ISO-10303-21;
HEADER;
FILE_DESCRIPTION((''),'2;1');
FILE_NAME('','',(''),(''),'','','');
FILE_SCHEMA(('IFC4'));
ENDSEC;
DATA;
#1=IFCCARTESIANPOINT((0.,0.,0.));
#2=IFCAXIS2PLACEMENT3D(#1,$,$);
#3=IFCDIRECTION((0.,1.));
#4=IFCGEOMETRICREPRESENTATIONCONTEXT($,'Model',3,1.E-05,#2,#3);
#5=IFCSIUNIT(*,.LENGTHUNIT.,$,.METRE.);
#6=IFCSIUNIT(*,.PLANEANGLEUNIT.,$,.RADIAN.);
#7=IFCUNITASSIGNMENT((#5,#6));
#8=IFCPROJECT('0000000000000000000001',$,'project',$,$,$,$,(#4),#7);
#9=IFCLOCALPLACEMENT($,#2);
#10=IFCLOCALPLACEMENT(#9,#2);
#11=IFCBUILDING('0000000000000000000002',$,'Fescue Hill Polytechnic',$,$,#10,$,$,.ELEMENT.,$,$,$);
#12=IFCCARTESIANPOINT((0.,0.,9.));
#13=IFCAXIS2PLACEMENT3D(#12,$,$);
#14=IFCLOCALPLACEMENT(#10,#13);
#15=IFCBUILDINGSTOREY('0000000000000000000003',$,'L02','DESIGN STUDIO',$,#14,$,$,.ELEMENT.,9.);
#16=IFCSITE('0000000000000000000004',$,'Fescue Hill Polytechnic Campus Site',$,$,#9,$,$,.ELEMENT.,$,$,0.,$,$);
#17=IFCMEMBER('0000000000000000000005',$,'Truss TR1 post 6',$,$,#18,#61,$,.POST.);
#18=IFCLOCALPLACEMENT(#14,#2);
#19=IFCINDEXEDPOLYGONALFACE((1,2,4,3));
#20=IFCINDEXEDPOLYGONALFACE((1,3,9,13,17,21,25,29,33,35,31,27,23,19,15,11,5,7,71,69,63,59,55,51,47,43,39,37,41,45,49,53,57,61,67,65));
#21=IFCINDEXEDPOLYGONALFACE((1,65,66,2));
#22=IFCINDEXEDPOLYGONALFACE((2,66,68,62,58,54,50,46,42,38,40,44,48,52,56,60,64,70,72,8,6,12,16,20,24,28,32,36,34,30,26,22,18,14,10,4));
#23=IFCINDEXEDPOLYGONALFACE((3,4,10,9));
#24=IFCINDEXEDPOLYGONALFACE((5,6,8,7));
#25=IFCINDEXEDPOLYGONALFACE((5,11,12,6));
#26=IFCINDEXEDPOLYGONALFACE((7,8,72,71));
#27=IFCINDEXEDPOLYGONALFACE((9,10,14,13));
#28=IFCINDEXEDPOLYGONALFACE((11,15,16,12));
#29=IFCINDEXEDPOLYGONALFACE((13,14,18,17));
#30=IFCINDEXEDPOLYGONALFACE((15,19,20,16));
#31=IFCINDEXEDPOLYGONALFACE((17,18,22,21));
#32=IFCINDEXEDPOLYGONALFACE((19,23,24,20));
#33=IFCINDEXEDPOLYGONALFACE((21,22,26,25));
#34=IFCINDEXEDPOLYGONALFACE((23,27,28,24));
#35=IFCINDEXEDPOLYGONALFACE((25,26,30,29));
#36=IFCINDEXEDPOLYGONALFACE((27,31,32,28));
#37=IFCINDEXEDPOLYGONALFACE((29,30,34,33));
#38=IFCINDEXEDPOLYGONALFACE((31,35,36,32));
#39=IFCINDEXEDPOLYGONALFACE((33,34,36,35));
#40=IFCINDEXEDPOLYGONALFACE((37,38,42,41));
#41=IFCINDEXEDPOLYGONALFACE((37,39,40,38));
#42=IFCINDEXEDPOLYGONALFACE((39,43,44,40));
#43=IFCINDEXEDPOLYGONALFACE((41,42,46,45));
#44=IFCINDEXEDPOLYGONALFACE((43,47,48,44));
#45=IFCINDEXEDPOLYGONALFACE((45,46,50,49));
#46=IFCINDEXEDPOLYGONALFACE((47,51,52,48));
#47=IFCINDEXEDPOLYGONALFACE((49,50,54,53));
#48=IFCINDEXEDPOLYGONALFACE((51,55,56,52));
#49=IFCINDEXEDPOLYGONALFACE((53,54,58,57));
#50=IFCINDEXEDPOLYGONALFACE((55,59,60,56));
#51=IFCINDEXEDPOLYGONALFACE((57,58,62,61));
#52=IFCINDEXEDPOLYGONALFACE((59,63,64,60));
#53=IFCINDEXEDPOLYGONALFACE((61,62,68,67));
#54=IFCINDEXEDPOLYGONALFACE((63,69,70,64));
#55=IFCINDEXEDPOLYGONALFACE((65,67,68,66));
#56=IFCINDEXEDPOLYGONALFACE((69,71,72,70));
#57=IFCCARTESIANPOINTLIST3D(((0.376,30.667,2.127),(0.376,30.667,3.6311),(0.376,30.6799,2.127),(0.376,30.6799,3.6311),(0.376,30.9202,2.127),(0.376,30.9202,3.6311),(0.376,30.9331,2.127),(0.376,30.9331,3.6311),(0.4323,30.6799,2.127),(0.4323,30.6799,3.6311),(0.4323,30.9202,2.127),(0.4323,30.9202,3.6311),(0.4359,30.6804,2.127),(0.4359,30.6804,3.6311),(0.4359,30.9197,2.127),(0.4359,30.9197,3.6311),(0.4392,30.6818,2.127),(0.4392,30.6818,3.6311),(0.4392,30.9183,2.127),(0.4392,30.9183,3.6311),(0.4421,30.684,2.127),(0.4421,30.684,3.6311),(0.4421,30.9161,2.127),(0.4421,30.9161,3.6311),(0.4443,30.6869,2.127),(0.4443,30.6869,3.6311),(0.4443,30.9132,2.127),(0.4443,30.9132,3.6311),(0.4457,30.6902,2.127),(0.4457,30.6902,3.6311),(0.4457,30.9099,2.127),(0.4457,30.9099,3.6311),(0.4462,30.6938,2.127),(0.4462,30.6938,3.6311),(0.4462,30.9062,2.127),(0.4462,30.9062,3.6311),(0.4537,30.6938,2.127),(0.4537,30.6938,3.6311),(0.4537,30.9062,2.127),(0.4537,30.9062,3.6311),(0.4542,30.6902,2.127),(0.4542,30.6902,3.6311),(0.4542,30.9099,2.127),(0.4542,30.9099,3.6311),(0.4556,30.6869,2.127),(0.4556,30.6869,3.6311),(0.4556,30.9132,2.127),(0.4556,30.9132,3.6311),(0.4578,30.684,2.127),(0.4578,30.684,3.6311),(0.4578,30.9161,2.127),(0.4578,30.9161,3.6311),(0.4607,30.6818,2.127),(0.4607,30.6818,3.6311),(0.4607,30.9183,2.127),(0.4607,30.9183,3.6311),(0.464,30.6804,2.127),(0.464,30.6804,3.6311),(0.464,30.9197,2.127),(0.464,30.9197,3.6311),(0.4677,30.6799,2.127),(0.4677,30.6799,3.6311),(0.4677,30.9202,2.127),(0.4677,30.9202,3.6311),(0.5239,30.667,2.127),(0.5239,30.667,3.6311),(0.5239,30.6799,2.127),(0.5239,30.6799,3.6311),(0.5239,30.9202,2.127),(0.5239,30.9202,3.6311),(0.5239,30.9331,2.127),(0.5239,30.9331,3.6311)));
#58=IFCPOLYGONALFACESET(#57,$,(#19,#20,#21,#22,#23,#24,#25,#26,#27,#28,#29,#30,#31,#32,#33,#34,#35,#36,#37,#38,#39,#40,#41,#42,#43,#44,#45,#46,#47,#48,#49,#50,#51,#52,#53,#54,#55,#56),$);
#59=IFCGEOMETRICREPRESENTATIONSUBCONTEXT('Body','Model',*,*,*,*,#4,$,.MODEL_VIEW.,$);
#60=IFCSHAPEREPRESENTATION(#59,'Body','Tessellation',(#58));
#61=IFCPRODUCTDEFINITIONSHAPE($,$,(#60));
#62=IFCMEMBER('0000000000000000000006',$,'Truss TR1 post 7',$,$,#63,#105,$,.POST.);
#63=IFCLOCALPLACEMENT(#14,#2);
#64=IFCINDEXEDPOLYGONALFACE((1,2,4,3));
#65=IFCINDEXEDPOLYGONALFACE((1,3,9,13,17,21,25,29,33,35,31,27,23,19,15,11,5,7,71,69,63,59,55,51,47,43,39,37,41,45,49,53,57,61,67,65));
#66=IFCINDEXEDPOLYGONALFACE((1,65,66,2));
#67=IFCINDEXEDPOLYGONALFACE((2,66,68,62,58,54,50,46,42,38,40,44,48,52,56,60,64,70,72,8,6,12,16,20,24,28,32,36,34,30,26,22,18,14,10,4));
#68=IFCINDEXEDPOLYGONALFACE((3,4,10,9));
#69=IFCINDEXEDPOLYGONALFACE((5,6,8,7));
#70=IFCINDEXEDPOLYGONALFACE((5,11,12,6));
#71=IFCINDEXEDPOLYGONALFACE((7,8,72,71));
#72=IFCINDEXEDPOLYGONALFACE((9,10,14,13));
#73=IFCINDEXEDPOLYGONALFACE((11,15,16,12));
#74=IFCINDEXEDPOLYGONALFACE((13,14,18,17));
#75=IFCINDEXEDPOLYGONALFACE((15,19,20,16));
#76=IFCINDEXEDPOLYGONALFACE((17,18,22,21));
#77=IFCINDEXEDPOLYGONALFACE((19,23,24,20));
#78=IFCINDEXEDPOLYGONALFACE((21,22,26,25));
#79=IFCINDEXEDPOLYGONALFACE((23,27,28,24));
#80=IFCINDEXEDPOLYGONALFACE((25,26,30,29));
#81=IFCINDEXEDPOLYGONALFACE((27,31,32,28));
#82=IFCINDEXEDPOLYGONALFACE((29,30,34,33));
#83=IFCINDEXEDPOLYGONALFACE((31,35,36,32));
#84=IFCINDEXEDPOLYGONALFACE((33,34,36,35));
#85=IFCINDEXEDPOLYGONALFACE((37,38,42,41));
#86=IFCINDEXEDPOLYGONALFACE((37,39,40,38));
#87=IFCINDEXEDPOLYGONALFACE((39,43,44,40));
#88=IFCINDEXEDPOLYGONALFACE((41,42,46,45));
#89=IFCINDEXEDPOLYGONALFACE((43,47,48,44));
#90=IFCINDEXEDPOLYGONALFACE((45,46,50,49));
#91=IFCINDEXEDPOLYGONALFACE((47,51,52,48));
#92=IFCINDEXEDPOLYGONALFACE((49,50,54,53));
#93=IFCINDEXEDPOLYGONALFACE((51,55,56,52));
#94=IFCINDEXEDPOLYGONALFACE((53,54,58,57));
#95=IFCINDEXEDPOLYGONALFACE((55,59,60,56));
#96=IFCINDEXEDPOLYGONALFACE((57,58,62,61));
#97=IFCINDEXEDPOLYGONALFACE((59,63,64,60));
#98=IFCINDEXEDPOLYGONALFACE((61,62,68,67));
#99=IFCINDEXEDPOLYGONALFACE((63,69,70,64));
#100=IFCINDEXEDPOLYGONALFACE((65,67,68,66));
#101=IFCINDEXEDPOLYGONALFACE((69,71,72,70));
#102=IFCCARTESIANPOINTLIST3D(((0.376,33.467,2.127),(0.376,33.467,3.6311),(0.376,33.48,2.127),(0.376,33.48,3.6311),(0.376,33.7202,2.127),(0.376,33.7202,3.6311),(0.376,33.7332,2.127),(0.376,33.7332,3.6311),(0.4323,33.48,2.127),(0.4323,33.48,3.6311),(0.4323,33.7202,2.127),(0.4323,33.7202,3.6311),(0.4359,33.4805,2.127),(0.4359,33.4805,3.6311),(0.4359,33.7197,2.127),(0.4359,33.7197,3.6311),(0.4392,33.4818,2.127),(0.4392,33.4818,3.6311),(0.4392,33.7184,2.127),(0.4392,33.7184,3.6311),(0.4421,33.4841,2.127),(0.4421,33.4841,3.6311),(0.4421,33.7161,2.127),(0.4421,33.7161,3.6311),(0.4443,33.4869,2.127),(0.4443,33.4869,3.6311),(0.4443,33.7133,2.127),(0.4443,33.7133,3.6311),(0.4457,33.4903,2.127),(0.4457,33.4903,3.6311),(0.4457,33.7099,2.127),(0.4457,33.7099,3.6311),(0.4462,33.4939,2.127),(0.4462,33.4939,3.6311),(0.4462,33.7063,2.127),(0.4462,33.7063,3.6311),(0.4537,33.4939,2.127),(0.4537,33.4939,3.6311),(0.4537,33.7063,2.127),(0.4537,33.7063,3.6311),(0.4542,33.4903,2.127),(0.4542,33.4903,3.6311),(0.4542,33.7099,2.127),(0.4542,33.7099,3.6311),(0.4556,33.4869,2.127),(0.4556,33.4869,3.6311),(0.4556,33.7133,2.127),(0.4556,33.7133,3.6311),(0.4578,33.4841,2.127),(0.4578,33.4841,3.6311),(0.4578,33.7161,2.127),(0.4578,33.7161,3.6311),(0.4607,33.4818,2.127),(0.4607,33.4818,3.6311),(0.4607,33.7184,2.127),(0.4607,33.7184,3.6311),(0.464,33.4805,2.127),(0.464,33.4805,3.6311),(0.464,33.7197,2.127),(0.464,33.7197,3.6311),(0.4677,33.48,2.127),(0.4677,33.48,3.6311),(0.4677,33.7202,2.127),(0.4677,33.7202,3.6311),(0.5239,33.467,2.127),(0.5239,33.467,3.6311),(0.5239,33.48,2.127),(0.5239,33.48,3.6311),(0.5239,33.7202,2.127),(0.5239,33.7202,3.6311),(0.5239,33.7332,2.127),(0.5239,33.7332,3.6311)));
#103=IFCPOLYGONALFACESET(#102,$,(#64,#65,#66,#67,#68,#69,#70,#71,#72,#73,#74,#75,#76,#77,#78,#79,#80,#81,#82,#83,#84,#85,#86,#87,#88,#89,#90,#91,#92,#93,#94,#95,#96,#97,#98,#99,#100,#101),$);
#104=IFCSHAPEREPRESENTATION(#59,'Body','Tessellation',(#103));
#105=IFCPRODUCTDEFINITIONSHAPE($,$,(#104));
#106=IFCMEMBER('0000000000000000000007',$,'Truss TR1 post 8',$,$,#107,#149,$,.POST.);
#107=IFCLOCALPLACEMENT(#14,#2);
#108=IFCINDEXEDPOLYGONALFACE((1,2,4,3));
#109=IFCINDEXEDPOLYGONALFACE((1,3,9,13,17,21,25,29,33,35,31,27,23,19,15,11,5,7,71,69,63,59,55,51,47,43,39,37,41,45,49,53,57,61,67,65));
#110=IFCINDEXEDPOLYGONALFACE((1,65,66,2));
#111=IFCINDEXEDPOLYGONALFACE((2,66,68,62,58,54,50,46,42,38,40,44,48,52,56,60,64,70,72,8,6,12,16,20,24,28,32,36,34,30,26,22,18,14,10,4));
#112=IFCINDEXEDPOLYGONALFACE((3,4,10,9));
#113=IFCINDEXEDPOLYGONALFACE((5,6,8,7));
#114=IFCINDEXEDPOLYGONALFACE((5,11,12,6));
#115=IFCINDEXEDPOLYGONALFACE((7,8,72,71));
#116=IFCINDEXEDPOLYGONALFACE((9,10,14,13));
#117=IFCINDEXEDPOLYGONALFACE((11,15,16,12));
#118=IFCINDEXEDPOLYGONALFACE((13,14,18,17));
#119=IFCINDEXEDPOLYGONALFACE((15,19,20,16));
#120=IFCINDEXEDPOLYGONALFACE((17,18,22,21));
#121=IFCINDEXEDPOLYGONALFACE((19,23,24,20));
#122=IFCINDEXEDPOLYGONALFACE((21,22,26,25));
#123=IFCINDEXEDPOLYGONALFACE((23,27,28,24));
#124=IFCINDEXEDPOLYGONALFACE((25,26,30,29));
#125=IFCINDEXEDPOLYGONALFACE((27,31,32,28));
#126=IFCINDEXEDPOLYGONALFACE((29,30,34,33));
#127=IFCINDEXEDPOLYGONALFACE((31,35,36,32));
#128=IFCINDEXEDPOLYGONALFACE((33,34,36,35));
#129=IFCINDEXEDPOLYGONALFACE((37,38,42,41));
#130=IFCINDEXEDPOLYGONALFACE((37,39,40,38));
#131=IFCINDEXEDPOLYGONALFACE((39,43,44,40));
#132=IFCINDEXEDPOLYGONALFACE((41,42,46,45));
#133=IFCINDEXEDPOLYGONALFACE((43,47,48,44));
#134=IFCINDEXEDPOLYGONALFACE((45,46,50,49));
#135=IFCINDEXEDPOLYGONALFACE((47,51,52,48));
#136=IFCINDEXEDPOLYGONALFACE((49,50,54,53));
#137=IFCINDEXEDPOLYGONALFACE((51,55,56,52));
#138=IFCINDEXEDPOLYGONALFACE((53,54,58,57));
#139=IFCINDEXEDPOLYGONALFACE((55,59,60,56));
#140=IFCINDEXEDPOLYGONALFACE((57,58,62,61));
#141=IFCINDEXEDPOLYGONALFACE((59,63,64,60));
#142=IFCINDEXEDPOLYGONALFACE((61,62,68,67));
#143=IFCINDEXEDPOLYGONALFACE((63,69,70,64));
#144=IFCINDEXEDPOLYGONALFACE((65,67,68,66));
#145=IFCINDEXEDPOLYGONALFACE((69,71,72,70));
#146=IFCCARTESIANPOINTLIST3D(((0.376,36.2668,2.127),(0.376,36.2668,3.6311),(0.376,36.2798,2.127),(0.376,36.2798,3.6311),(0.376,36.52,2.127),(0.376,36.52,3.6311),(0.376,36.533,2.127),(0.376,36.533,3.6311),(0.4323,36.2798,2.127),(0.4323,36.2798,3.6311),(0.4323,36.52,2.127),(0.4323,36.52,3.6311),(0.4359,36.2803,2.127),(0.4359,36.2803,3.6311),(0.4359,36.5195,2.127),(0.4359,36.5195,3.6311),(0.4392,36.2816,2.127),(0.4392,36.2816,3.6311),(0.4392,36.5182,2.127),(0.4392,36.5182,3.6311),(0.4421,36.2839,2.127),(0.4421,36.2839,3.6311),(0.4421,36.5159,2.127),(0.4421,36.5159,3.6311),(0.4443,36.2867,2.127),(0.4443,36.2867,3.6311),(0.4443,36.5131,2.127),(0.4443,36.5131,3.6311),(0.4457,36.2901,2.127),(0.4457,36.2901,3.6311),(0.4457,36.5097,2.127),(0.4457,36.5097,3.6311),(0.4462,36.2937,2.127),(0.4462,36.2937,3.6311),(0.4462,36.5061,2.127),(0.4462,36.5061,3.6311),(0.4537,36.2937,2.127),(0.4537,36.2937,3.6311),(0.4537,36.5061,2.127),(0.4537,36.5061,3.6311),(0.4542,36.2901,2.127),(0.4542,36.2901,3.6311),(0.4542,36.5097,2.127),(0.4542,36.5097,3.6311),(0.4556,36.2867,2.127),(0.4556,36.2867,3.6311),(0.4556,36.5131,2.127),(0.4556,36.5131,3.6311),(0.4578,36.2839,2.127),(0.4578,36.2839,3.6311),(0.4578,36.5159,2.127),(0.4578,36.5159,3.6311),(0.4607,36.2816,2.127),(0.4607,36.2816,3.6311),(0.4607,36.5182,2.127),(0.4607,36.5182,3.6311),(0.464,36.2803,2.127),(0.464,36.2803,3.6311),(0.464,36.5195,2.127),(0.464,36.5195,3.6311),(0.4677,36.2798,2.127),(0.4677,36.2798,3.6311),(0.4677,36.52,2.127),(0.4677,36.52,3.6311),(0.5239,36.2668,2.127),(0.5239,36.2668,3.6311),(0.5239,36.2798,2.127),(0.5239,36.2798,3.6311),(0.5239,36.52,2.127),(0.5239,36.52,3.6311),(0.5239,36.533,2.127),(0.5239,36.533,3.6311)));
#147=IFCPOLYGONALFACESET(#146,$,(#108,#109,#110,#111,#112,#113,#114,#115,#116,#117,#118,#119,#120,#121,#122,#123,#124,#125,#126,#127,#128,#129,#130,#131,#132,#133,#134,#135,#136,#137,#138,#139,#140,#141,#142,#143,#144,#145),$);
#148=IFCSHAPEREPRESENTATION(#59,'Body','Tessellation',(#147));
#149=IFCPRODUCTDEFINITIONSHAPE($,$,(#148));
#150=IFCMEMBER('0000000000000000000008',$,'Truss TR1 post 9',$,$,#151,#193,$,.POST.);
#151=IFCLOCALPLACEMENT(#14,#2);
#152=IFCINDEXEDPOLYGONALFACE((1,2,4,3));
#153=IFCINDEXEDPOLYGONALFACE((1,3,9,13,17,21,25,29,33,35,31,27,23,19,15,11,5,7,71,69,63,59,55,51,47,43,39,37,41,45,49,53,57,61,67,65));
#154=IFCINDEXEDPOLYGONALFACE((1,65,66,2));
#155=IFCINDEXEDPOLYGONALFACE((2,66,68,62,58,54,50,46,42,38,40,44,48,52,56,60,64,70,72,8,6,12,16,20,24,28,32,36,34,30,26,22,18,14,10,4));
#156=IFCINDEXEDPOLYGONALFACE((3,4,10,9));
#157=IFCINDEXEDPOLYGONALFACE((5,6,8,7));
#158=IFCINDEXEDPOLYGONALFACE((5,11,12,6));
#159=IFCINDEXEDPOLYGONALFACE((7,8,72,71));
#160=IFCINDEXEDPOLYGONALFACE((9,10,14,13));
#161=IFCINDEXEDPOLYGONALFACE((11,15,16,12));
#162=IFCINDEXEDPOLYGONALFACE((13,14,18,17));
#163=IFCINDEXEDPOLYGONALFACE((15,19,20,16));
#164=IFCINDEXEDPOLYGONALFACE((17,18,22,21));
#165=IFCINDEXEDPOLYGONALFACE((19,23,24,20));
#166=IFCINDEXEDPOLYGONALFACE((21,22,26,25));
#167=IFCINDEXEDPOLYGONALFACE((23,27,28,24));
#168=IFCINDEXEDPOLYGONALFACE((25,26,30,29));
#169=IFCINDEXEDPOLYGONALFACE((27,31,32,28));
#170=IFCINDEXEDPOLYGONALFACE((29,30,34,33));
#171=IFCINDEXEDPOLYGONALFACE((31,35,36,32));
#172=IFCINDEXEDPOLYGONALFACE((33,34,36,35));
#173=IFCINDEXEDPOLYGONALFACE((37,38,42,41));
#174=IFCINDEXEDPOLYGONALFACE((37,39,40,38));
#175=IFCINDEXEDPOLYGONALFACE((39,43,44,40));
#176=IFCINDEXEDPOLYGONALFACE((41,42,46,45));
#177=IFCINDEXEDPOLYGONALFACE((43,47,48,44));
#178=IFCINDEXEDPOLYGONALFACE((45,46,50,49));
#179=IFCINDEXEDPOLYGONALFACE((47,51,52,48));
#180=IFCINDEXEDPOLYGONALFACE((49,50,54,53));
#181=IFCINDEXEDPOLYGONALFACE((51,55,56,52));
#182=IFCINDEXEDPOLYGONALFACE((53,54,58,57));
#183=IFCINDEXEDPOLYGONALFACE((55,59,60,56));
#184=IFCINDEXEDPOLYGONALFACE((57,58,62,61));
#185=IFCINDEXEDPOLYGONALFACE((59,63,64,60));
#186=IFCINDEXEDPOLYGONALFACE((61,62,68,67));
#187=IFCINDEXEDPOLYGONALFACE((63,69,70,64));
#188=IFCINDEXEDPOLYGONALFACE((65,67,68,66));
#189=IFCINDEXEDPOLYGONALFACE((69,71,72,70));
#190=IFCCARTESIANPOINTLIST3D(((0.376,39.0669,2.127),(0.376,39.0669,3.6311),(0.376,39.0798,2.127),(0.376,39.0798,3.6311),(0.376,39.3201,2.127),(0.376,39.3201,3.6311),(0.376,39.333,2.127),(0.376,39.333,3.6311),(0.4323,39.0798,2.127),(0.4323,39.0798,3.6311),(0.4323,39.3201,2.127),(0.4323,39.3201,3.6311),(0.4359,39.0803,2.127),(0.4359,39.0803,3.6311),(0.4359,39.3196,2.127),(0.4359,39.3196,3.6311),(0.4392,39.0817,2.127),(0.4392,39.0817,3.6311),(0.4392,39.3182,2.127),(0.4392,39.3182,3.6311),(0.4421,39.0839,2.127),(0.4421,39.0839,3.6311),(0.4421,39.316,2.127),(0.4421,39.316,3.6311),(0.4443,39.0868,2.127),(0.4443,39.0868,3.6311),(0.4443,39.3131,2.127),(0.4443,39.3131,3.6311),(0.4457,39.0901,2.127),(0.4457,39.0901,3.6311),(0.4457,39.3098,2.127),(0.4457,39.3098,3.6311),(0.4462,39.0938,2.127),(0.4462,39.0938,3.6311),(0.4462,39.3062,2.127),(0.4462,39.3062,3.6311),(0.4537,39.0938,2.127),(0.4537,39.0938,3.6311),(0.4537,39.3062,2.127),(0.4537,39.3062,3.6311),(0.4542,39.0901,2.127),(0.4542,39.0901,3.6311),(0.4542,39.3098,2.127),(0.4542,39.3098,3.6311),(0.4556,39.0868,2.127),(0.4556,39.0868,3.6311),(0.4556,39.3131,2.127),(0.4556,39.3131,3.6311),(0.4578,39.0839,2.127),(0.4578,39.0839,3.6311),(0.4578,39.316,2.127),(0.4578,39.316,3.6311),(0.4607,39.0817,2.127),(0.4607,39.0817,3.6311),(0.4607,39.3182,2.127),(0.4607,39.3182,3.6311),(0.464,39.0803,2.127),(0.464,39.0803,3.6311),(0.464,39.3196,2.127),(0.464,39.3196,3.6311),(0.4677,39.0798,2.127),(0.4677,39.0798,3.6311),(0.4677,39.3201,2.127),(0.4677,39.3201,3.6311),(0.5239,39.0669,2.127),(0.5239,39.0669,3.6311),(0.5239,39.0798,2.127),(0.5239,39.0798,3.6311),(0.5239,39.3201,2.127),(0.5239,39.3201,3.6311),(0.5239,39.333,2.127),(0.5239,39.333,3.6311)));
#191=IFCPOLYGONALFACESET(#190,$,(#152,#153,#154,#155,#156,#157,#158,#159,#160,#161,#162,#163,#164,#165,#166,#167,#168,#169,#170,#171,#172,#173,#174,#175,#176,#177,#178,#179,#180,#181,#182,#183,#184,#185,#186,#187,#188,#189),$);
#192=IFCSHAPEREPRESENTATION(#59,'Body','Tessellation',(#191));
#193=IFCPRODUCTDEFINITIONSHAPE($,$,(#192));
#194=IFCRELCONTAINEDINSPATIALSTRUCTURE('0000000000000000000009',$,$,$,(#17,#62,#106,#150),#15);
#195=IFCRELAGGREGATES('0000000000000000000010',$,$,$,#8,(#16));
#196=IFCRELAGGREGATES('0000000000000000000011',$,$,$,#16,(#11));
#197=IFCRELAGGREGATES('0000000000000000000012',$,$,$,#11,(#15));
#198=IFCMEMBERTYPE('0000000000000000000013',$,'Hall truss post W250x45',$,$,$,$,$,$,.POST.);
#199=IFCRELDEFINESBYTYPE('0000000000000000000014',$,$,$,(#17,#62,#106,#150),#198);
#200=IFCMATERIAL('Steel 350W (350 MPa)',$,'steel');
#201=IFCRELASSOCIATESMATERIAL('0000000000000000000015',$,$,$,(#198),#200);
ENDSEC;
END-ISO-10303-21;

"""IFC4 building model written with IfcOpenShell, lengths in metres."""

from ifc_helpers import new_model, si_unit, direction, frame, origin, origin_2d, place, context, subcontext, project, spatial, i_section, extrude, material, material_profile, profile_set, type_object, element, save


model = new_model("IFC4")

# Units and contexts
model_context = context("Model", 3, precision=1e-05, world=origin(), true_north=direction((0.0, 1.0)))
body_context = subcontext(model_context, "Body", "Model", "MODEL_VIEW")
ifc_project = project(units=[si_unit("LENGTHUNIT", "METRE"), si_unit("PLANEANGLEUNIT", "RADIAN")], contexts=[model_context])

# Site, building, storey
site_placement = place(None, origin())
site = spatial("IfcSite", under=ifc_project, at=site_placement, Name="Fescue Hill Polytechnic Campus Site", CompositionType="ELEMENT", RefElevation=0.0)
building_placement = place(site_placement, origin())
building = spatial("IfcBuilding", under=site, at=building_placement, Name="Fescue Hill Polytechnic", CompositionType="ELEMENT")
storey_placement = place(building_placement, frame((0.0, 0.0, 9.0)))
storey = spatial("IfcBuildingStorey", under=building, at=storey_placement, Name="L02", Description="DESIGN STUDIO", CompositionType="ELEMENT", Elevation=9.0)

# Members
ifc_material_1 = material(Name="Steel 350W (350 MPa)", Category="steel")
ifc_material_profile_1 = material_profile(ifc_material_1, i_section(OverallWidth=0.1479, OverallDepth=0.2661, WebThickness=0.0076, FlangeThickness=0.0129, FilletRadius=0.0139, at=origin_2d()), Name="W250x45")
ifc_profile_set_1 = profile_set([ifc_material_profile_1], Name="Steel 350W (350 MPa)")
member_type_1 = type_object("IfcMemberType", Name="Hall truss post W250x45", PredefinedType="POST", material=ifc_profile_set_1)
for number, where, z_axis, x_axis, name in (
    (1, (0.45, 30.8, 2.127), (0.0, 0.0, 1.0), (1.0, 0.0, 0.0), "Truss TR1 post 6"),
    (2, (0.45, 33.6001, 2.127), (0.0, 0.0, 1.0), (1.0, 0.0, 0.0), "Truss TR1 post 7"),
    (3, (0.45, 36.3999, 2.127), (0.0, 0.0, 1.0), (1.0, 0.0, 0.0), "Truss TR1 post 8"),
    (4, (0.45, 39.2, 2.127), (0.0, 0.0, 1.0), (1.0, 0.0, 0.0), "Truss TR1 post 9"),
):
    element("IfcMember", number, at=place(storey_placement, frame(where, z_axis=z_axis, x_axis=x_axis)), inside=storey, type_object=member_type_1, Name=name, PredefinedType="POST", context=body_context, shape_type="SweptSolid", body=[
        extrude(i_section(OverallWidth=0.1479, OverallDepth=0.2661, WebThickness=0.0076, FlangeThickness=0.0129, FilletRadius=0.0139, at=origin_2d()), origin(), (0.0, 0.0, 1.0), 1.5042),
    ])

save(model, "model.ifc")
